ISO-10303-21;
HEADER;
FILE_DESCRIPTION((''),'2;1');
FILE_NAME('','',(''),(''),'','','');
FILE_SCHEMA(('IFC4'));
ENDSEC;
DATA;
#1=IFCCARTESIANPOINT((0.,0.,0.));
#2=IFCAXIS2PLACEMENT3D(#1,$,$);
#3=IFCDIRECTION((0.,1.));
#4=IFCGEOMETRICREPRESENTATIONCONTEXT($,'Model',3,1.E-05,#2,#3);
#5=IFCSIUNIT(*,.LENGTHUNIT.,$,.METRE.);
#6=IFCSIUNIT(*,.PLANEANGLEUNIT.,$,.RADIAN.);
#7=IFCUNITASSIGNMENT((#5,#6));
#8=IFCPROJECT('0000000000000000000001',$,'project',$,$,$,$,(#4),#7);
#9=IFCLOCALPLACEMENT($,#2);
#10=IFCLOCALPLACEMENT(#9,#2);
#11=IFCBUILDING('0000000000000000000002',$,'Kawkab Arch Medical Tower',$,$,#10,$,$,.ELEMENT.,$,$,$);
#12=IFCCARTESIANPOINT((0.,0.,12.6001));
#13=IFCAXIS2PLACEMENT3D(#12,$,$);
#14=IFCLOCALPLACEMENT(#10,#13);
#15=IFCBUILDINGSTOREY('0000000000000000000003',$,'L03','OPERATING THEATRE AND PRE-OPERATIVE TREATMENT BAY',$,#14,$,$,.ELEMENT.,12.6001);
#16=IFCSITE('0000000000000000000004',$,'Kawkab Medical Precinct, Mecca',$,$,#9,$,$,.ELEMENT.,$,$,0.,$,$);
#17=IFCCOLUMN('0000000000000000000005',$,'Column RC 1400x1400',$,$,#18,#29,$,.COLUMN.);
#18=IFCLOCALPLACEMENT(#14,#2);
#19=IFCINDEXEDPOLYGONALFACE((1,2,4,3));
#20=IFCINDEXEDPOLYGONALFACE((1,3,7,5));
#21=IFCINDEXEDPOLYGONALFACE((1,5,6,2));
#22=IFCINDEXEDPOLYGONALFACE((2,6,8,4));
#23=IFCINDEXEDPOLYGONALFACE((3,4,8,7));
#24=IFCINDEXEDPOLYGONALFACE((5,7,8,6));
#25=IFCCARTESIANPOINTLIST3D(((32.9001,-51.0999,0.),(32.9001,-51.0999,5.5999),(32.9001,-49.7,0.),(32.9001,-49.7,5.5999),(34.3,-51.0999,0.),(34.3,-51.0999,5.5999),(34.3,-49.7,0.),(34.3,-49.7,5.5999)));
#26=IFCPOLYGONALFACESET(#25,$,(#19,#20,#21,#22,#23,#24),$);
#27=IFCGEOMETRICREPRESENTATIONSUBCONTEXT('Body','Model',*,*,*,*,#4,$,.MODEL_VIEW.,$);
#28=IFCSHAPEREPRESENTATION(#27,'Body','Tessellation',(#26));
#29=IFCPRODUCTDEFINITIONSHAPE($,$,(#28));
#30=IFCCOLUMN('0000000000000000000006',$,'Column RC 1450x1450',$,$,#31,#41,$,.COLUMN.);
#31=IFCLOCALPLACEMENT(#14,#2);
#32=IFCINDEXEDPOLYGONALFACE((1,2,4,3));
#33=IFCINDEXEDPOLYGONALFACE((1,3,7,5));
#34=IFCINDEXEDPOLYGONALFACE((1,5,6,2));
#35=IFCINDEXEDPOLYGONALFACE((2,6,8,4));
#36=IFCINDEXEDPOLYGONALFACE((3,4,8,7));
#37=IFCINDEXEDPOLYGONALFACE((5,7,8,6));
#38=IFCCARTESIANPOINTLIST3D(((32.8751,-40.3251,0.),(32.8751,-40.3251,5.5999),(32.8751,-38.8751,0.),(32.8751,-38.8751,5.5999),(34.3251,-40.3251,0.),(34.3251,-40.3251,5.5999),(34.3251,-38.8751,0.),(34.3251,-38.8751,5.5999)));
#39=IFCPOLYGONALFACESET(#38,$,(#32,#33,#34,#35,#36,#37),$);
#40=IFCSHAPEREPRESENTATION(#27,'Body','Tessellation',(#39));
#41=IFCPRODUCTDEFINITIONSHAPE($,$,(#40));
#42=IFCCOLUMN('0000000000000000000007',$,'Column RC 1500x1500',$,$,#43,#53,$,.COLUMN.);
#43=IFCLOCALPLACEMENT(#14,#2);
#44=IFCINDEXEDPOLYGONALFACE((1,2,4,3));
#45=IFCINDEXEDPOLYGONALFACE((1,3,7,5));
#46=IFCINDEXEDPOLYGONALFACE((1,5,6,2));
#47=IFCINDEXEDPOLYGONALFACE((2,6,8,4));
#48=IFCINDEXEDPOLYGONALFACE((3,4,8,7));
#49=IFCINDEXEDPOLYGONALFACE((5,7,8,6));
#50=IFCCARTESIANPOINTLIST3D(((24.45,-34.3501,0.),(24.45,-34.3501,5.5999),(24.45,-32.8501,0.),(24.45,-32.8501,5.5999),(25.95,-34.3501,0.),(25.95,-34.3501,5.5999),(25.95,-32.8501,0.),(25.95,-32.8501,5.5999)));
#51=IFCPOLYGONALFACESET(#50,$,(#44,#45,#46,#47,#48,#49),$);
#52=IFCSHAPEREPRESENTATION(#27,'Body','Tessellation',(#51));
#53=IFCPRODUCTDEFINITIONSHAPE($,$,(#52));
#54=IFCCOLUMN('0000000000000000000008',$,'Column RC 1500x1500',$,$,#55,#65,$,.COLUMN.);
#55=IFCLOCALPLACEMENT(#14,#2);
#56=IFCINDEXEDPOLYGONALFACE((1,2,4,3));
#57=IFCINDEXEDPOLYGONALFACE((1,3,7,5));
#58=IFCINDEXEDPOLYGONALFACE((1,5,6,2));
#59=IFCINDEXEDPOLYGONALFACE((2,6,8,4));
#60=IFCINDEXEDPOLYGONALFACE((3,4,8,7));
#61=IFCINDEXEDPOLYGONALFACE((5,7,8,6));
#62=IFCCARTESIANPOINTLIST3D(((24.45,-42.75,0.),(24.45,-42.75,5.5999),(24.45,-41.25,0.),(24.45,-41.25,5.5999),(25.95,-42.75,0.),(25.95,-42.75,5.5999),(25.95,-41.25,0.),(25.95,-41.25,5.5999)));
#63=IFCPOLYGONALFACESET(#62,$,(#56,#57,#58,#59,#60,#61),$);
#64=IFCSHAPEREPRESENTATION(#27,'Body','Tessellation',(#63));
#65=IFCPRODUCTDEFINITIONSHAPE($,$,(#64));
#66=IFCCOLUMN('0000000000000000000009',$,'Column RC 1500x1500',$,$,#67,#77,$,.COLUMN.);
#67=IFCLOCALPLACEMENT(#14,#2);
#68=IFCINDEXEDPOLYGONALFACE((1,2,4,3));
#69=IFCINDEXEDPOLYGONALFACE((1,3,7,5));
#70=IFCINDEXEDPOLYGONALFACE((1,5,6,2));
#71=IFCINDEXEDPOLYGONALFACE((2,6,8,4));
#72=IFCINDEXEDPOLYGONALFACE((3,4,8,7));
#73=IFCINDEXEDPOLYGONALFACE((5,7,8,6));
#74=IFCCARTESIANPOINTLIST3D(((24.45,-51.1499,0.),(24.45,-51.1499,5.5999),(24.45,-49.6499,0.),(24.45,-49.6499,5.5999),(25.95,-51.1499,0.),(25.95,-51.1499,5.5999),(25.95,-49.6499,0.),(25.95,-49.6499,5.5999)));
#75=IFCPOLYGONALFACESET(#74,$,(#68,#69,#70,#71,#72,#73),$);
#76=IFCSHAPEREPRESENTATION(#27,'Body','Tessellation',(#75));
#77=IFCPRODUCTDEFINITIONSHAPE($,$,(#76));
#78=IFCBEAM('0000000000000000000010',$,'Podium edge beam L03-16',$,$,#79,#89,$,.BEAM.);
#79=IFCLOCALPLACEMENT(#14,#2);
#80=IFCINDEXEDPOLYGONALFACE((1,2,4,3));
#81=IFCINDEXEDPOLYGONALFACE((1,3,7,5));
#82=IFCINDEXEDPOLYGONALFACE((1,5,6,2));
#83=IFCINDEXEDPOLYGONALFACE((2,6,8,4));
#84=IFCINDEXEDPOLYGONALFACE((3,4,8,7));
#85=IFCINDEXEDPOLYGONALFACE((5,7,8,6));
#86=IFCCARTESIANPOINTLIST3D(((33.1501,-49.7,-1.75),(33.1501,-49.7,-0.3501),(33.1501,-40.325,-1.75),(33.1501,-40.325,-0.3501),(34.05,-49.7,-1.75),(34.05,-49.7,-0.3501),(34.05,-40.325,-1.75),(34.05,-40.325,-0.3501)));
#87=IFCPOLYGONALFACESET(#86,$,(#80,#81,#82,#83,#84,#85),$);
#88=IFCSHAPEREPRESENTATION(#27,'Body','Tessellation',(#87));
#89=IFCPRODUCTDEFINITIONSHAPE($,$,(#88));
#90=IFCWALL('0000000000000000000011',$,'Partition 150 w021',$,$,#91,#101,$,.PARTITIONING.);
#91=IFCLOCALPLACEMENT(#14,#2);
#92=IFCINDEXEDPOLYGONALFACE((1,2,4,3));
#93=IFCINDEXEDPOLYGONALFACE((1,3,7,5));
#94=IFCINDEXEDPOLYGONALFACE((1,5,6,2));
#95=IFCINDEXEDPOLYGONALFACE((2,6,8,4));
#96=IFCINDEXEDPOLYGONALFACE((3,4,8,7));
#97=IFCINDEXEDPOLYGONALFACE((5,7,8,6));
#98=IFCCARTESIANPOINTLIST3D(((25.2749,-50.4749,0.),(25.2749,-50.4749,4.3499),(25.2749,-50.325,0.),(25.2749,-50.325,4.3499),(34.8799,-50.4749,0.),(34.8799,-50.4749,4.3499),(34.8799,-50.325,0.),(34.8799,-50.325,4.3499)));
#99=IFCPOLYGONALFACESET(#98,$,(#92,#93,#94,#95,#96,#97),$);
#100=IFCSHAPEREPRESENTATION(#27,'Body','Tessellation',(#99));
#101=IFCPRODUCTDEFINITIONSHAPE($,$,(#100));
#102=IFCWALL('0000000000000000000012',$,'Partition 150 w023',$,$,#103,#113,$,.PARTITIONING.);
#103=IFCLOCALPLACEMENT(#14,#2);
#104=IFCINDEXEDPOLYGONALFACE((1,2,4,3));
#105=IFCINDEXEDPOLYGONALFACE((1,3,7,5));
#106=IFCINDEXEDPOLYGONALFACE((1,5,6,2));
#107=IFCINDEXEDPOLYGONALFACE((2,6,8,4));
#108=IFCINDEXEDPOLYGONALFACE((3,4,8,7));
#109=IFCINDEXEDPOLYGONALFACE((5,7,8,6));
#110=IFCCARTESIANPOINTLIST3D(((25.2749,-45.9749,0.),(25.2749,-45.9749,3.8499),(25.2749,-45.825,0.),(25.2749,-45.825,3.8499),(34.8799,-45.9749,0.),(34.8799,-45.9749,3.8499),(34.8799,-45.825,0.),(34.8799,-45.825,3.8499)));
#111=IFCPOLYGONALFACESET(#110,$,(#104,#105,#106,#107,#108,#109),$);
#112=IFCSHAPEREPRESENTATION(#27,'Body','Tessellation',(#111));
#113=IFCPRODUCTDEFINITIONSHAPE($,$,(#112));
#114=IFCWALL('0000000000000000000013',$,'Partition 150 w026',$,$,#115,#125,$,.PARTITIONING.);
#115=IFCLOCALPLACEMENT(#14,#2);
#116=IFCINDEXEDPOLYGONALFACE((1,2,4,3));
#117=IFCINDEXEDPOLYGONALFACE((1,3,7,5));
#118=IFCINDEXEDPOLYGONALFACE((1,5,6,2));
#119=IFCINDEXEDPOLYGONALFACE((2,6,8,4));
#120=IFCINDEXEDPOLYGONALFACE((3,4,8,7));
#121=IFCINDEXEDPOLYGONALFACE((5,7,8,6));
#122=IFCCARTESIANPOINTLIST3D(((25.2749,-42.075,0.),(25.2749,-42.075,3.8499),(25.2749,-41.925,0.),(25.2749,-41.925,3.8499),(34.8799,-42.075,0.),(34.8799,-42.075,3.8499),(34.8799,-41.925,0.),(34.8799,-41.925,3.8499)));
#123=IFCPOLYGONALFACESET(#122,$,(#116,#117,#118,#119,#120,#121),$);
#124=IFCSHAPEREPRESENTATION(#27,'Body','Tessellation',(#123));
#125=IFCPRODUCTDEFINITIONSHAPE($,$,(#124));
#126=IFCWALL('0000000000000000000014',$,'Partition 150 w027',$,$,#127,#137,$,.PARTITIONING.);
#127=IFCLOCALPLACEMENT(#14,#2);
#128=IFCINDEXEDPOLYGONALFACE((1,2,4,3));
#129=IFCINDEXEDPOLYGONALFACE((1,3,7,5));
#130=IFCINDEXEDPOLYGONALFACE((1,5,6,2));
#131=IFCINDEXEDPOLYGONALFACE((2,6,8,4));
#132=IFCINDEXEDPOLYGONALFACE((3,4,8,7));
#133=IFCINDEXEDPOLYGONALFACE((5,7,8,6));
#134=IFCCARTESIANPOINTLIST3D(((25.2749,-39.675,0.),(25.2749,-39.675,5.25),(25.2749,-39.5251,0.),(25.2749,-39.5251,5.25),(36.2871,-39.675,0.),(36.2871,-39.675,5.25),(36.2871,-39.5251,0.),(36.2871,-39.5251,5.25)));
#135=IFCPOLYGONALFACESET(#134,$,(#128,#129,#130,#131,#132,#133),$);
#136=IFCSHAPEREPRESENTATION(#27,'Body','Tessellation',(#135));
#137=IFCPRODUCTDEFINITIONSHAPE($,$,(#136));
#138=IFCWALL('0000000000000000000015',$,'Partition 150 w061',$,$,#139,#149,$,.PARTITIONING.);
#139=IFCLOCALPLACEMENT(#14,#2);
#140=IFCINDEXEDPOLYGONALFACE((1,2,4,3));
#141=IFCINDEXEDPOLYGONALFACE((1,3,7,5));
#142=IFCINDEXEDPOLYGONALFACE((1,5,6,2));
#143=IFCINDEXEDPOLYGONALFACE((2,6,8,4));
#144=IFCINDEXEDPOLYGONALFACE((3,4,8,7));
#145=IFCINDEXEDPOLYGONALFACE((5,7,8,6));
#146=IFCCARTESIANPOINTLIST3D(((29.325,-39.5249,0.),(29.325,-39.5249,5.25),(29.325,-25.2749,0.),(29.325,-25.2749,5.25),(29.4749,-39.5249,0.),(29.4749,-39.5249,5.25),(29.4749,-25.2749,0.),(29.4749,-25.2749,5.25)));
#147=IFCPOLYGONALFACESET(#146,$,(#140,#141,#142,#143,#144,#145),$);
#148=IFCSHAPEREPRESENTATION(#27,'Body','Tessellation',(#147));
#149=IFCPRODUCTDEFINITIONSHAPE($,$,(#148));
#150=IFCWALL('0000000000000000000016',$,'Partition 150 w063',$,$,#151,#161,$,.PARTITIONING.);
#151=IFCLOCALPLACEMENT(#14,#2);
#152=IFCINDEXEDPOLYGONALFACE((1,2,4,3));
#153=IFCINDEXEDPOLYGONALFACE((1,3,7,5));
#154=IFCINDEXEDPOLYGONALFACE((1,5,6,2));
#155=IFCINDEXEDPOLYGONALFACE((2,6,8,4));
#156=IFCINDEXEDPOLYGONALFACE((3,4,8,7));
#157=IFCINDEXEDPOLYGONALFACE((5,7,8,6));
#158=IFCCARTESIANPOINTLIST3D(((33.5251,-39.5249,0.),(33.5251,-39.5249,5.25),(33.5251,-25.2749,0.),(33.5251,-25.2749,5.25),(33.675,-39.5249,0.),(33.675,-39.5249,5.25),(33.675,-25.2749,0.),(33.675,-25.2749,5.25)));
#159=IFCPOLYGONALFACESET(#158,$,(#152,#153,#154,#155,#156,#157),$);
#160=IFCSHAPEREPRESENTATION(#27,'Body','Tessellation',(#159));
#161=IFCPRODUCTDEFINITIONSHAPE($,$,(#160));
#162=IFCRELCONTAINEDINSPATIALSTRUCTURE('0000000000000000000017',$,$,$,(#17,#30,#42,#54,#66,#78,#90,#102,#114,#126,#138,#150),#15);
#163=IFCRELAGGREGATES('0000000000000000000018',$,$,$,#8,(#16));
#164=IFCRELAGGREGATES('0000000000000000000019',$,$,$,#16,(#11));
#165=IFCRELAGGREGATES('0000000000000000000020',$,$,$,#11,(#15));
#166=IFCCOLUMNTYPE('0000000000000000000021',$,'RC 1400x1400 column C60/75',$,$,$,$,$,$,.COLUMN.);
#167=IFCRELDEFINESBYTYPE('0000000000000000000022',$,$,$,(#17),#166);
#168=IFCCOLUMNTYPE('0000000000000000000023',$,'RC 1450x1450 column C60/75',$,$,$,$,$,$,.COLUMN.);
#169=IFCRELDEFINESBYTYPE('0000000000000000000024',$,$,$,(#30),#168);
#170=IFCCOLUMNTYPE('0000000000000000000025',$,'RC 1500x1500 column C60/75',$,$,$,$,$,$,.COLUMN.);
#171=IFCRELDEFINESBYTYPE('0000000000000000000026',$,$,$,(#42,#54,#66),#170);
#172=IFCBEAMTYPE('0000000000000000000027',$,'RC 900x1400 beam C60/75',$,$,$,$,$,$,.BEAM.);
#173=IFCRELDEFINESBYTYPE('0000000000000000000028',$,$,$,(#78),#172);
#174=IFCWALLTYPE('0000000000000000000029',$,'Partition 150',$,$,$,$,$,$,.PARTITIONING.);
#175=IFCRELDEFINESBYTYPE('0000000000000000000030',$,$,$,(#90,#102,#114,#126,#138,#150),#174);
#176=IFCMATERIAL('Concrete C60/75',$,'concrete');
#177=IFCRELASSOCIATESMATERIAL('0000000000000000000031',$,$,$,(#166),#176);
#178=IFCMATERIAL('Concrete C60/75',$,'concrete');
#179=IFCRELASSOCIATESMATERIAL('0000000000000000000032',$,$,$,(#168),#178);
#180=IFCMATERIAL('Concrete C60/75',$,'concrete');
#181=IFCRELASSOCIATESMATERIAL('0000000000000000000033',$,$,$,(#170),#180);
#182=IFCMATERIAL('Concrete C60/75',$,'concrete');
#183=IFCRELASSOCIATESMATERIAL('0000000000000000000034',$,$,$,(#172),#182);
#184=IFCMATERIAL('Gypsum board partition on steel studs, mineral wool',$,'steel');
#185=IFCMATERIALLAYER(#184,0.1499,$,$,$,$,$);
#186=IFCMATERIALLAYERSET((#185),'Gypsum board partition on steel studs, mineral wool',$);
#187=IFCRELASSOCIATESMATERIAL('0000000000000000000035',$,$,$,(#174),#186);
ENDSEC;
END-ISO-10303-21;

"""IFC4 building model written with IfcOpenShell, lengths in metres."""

from ifc_helpers import new_model, si_unit, direction, frame, frame_2d, origin, origin_2d, place, context, subcontext, project, spatial, rectangle, extrude, material, layer, layer_set, material_profile, profile_set, type_object, element, save


model = new_model("IFC4")

# Units and contexts
model_context = context("Model", 3, precision=1e-05, world=origin(), true_north=direction((0.0, 1.0)))
body_context = subcontext(model_context, "Body", "Model", "MODEL_VIEW")
ifc_project = project(units=[si_unit("LENGTHUNIT", "METRE"), si_unit("PLANEANGLEUNIT", "RADIAN")], contexts=[model_context])

# Site, building, storey
site_placement = place(None, origin())
site = spatial("IfcSite", under=ifc_project, at=site_placement, Name="Kawkab Medical Precinct, Mecca", CompositionType="ELEMENT", RefElevation=0.0)
building_placement = place(site_placement, origin())
building = spatial("IfcBuilding", under=site, at=building_placement, Name="Kawkab Arch Medical Tower", CompositionType="ELEMENT")
storey_placement = place(building_placement, frame((0.0, 0.0, 12.6001)))
storey = spatial("IfcBuildingStorey", under=building, at=storey_placement, Name="L03", Description="OPERATING THEATRE AND PRE-OPERATIVE TREATMENT BAY", CompositionType="ELEMENT", Elevation=12.6001)

# Columns
ifc_material_1 = material(Name="Concrete C60/75", Category="concrete")
ifc_material_profile_1 = material_profile(ifc_material_1, rectangle(XDim=1.3999, YDim=1.3999, at=origin_2d()), Name="RC 1400x1400")
ifc_profile_set_1 = profile_set([ifc_material_profile_1], Name="Concrete C60/75")
column_type_1 = type_object("IfcColumnType", Name="RC 1400x1400 column C60/75", PredefinedType="COLUMN", material=ifc_profile_set_1)
column_1_placement = place(storey_placement, frame((33.6001, -50.3999, 0.0), z_axis=(0.0, 0.0, 1.0), x_axis=(1.0, 0.0, 0.0)))
element("IfcColumn", 1, at=column_1_placement, inside=storey, type_object=column_type_1, Name="Column RC 1400x1400", PredefinedType="COLUMN", context=body_context, shape_type="SweptSolid", body=[
    extrude(rectangle(XDim=1.3999, YDim=1.3999, at=origin_2d()), origin(), (0.0, 0.0, 1.0), 5.5999),
])
ifc_material_2 = material(Name="Concrete C60/75", Category="concrete")
ifc_material_profile_2 = material_profile(ifc_material_2, rectangle(XDim=1.45, YDim=1.45, at=origin_2d()), Name="RC 1450x1450")
ifc_profile_set_2 = profile_set([ifc_material_profile_2], Name="Concrete C60/75")
column_type_2 = type_object("IfcColumnType", Name="RC 1450x1450 column C60/75", PredefinedType="COLUMN", material=ifc_profile_set_2)
column_2_placement = place(storey_placement, frame((33.6001, -39.6001, 0.0), z_axis=(0.0, 0.0, 1.0), x_axis=(1.0, 0.0, 0.0)))
element("IfcColumn", 2, at=column_2_placement, inside=storey, type_object=column_type_2, Name="Column RC 1450x1450", PredefinedType="COLUMN", context=body_context, shape_type="SweptSolid", body=[
    extrude(rectangle(XDim=1.45, YDim=1.45, at=origin_2d()), origin(), (0.0, 0.0, 1.0), 5.5999),
])
ifc_material_3 = material(Name="Concrete C60/75", Category="concrete")
ifc_material_profile_3 = material_profile(ifc_material_3, rectangle(XDim=1.5, YDim=1.5, at=origin_2d()), Name="RC 1500x1500")
ifc_profile_set_3 = profile_set([ifc_material_profile_3], Name="Concrete C60/75")
column_type_3 = type_object("IfcColumnType", Name="RC 1500x1500 column C60/75", PredefinedType="COLUMN", material=ifc_profile_set_3)
for number, where, z_axis, x_axis, name in (
    (3, (25.2, -33.6001, 0.0), (0.0, 0.0, 1.0), (1.0, 0.0, 0.0), "Column RC 1500x1500"),
    (4, (25.2, -42.0, 0.0), (0.0, 0.0, 1.0), (1.0, 0.0, 0.0), "Column RC 1500x1500"),
    (5, (25.2, -50.3999, 0.0), (0.0, 0.0, 1.0), (1.0, 0.0, 0.0), "Column RC 1500x1500"),
):
    element("IfcColumn", number, at=place(storey_placement, frame(where, z_axis=z_axis, x_axis=x_axis)), inside=storey, type_object=column_type_3, Name=name, PredefinedType="COLUMN", context=body_context, shape_type="SweptSolid", body=[
        extrude(rectangle(XDim=1.5, YDim=1.5, at=origin_2d()), origin(), (0.0, 0.0, 1.0), 5.5999),
    ])

# Beam
ifc_material_4 = material(Name="Concrete C60/75", Category="concrete")
ifc_material_profile_4 = material_profile(ifc_material_4, rectangle(XDim=0.8999, YDim=1.3999, at=origin_2d()), Name="RC 900x1400")
ifc_profile_set_4 = profile_set([ifc_material_profile_4], Name="Concrete C60/75")
beam_type = type_object("IfcBeamType", Name="RC 900x1400 beam C60/75", PredefinedType="BEAM", material=ifc_profile_set_4)
beam_placement = place(storey_placement, frame((33.6001, -49.7, -1.05), z_axis=(0.0, 1.0, 0.0), x_axis=(-1.0, 0.0, 0.0)))
element("IfcBeam", 6, at=beam_placement, inside=storey, type_object=beam_type, Name="Podium edge beam L03-16", PredefinedType="BEAM", context=body_context, shape_type="SweptSolid", body=[
    extrude(rectangle(XDim=0.8999, YDim=1.3999, at=origin_2d()), origin(), (0.0, 0.0, 1.0), 9.375),
])

# Walls
ifc_material_5 = material(Name="Gypsum board partition on steel studs, mineral wool", Category="steel")
ifc_layer = layer(ifc_material_5, 0.1499)
ifc_layer_set = layer_set([ifc_layer], Name="Gypsum board partition on steel studs, mineral wool")
wall_type = type_object("IfcWallType", Name="Partition 150", PredefinedType="PARTITIONING", material=ifc_layer_set)
wall_1_placement = place(storey_placement, frame((25.2749, -50.3999, 0.0), z_axis=(0.0, 0.0, 1.0), x_axis=(1.0, 0.0, 0.0)))
element("IfcWall", 7, at=wall_1_placement, inside=storey, type_object=wall_type, Name="Partition 150 w021", PredefinedType="PARTITIONING", context=body_context, shape_type="SweptSolid", body=[
    extrude(rectangle(XDim=9.605, YDim=0.1499, at=frame_2d((4.8025, 0.0))), origin(), (0.0, 0.0, 1.0), 4.3499),
])
for number, where, z_axis, x_axis, name in (
    (8, (25.2749, -45.8999, 0.0), (0.0, 0.0, 1.0), (1.0, 0.0, 0.0), "Partition 150 w023"),
    (9, (25.2749, -42.0, 0.0), (0.0, 0.0, 1.0), (1.0, 0.0, 0.0), "Partition 150 w026"),
):
    element("IfcWall", number, at=place(storey_placement, frame(where, z_axis=z_axis, x_axis=x_axis)), inside=storey, type_object=wall_type, Name=name, PredefinedType="PARTITIONING", context=body_context, shape_type="SweptSolid", body=[
        extrude(rectangle(XDim=9.605, YDim=0.1499, at=frame_2d((4.8025, 0.0))), origin(), (0.0, 0.0, 1.0), 3.8499),
    ])
wall_2_placement = place(storey_placement, frame((25.2749, -39.6001, 0.0), z_axis=(0.0, 0.0, 1.0), x_axis=(1.0, 0.0, 0.0)))
element("IfcWall", 10, at=wall_2_placement, inside=storey, type_object=wall_type, Name="Partition 150 w027", PredefinedType="PARTITIONING", context=body_context, shape_type="SweptSolid", body=[
    extrude(rectangle(XDim=11.0122, YDim=0.1499, at=frame_2d((5.5061, 0.0))), origin(), (0.0, 0.0, 1.0), 5.25),
])
for number, where, z_axis, x_axis, name in (
    (11, (29.3999, -39.5249, 0.0), (0.0, 0.0, 1.0), (0.0, 1.0, 0.0), "Partition 150 w061"),
    (12, (33.6001, -39.5249, 0.0), (0.0, 0.0, 1.0), (0.0, 1.0, 0.0), "Partition 150 w063"),
):
    element("IfcWall", number, at=place(storey_placement, frame(where, z_axis=z_axis, x_axis=x_axis)), inside=storey, type_object=wall_type, Name=name, PredefinedType="PARTITIONING", context=body_context, shape_type="SweptSolid", body=[
        extrude(rectangle(XDim=14.25, YDim=0.1499, at=frame_2d((7.125, 0.0))), origin(), (0.0, 0.0, 1.0), 5.25),
    ])

save(model, "model.ifc")
